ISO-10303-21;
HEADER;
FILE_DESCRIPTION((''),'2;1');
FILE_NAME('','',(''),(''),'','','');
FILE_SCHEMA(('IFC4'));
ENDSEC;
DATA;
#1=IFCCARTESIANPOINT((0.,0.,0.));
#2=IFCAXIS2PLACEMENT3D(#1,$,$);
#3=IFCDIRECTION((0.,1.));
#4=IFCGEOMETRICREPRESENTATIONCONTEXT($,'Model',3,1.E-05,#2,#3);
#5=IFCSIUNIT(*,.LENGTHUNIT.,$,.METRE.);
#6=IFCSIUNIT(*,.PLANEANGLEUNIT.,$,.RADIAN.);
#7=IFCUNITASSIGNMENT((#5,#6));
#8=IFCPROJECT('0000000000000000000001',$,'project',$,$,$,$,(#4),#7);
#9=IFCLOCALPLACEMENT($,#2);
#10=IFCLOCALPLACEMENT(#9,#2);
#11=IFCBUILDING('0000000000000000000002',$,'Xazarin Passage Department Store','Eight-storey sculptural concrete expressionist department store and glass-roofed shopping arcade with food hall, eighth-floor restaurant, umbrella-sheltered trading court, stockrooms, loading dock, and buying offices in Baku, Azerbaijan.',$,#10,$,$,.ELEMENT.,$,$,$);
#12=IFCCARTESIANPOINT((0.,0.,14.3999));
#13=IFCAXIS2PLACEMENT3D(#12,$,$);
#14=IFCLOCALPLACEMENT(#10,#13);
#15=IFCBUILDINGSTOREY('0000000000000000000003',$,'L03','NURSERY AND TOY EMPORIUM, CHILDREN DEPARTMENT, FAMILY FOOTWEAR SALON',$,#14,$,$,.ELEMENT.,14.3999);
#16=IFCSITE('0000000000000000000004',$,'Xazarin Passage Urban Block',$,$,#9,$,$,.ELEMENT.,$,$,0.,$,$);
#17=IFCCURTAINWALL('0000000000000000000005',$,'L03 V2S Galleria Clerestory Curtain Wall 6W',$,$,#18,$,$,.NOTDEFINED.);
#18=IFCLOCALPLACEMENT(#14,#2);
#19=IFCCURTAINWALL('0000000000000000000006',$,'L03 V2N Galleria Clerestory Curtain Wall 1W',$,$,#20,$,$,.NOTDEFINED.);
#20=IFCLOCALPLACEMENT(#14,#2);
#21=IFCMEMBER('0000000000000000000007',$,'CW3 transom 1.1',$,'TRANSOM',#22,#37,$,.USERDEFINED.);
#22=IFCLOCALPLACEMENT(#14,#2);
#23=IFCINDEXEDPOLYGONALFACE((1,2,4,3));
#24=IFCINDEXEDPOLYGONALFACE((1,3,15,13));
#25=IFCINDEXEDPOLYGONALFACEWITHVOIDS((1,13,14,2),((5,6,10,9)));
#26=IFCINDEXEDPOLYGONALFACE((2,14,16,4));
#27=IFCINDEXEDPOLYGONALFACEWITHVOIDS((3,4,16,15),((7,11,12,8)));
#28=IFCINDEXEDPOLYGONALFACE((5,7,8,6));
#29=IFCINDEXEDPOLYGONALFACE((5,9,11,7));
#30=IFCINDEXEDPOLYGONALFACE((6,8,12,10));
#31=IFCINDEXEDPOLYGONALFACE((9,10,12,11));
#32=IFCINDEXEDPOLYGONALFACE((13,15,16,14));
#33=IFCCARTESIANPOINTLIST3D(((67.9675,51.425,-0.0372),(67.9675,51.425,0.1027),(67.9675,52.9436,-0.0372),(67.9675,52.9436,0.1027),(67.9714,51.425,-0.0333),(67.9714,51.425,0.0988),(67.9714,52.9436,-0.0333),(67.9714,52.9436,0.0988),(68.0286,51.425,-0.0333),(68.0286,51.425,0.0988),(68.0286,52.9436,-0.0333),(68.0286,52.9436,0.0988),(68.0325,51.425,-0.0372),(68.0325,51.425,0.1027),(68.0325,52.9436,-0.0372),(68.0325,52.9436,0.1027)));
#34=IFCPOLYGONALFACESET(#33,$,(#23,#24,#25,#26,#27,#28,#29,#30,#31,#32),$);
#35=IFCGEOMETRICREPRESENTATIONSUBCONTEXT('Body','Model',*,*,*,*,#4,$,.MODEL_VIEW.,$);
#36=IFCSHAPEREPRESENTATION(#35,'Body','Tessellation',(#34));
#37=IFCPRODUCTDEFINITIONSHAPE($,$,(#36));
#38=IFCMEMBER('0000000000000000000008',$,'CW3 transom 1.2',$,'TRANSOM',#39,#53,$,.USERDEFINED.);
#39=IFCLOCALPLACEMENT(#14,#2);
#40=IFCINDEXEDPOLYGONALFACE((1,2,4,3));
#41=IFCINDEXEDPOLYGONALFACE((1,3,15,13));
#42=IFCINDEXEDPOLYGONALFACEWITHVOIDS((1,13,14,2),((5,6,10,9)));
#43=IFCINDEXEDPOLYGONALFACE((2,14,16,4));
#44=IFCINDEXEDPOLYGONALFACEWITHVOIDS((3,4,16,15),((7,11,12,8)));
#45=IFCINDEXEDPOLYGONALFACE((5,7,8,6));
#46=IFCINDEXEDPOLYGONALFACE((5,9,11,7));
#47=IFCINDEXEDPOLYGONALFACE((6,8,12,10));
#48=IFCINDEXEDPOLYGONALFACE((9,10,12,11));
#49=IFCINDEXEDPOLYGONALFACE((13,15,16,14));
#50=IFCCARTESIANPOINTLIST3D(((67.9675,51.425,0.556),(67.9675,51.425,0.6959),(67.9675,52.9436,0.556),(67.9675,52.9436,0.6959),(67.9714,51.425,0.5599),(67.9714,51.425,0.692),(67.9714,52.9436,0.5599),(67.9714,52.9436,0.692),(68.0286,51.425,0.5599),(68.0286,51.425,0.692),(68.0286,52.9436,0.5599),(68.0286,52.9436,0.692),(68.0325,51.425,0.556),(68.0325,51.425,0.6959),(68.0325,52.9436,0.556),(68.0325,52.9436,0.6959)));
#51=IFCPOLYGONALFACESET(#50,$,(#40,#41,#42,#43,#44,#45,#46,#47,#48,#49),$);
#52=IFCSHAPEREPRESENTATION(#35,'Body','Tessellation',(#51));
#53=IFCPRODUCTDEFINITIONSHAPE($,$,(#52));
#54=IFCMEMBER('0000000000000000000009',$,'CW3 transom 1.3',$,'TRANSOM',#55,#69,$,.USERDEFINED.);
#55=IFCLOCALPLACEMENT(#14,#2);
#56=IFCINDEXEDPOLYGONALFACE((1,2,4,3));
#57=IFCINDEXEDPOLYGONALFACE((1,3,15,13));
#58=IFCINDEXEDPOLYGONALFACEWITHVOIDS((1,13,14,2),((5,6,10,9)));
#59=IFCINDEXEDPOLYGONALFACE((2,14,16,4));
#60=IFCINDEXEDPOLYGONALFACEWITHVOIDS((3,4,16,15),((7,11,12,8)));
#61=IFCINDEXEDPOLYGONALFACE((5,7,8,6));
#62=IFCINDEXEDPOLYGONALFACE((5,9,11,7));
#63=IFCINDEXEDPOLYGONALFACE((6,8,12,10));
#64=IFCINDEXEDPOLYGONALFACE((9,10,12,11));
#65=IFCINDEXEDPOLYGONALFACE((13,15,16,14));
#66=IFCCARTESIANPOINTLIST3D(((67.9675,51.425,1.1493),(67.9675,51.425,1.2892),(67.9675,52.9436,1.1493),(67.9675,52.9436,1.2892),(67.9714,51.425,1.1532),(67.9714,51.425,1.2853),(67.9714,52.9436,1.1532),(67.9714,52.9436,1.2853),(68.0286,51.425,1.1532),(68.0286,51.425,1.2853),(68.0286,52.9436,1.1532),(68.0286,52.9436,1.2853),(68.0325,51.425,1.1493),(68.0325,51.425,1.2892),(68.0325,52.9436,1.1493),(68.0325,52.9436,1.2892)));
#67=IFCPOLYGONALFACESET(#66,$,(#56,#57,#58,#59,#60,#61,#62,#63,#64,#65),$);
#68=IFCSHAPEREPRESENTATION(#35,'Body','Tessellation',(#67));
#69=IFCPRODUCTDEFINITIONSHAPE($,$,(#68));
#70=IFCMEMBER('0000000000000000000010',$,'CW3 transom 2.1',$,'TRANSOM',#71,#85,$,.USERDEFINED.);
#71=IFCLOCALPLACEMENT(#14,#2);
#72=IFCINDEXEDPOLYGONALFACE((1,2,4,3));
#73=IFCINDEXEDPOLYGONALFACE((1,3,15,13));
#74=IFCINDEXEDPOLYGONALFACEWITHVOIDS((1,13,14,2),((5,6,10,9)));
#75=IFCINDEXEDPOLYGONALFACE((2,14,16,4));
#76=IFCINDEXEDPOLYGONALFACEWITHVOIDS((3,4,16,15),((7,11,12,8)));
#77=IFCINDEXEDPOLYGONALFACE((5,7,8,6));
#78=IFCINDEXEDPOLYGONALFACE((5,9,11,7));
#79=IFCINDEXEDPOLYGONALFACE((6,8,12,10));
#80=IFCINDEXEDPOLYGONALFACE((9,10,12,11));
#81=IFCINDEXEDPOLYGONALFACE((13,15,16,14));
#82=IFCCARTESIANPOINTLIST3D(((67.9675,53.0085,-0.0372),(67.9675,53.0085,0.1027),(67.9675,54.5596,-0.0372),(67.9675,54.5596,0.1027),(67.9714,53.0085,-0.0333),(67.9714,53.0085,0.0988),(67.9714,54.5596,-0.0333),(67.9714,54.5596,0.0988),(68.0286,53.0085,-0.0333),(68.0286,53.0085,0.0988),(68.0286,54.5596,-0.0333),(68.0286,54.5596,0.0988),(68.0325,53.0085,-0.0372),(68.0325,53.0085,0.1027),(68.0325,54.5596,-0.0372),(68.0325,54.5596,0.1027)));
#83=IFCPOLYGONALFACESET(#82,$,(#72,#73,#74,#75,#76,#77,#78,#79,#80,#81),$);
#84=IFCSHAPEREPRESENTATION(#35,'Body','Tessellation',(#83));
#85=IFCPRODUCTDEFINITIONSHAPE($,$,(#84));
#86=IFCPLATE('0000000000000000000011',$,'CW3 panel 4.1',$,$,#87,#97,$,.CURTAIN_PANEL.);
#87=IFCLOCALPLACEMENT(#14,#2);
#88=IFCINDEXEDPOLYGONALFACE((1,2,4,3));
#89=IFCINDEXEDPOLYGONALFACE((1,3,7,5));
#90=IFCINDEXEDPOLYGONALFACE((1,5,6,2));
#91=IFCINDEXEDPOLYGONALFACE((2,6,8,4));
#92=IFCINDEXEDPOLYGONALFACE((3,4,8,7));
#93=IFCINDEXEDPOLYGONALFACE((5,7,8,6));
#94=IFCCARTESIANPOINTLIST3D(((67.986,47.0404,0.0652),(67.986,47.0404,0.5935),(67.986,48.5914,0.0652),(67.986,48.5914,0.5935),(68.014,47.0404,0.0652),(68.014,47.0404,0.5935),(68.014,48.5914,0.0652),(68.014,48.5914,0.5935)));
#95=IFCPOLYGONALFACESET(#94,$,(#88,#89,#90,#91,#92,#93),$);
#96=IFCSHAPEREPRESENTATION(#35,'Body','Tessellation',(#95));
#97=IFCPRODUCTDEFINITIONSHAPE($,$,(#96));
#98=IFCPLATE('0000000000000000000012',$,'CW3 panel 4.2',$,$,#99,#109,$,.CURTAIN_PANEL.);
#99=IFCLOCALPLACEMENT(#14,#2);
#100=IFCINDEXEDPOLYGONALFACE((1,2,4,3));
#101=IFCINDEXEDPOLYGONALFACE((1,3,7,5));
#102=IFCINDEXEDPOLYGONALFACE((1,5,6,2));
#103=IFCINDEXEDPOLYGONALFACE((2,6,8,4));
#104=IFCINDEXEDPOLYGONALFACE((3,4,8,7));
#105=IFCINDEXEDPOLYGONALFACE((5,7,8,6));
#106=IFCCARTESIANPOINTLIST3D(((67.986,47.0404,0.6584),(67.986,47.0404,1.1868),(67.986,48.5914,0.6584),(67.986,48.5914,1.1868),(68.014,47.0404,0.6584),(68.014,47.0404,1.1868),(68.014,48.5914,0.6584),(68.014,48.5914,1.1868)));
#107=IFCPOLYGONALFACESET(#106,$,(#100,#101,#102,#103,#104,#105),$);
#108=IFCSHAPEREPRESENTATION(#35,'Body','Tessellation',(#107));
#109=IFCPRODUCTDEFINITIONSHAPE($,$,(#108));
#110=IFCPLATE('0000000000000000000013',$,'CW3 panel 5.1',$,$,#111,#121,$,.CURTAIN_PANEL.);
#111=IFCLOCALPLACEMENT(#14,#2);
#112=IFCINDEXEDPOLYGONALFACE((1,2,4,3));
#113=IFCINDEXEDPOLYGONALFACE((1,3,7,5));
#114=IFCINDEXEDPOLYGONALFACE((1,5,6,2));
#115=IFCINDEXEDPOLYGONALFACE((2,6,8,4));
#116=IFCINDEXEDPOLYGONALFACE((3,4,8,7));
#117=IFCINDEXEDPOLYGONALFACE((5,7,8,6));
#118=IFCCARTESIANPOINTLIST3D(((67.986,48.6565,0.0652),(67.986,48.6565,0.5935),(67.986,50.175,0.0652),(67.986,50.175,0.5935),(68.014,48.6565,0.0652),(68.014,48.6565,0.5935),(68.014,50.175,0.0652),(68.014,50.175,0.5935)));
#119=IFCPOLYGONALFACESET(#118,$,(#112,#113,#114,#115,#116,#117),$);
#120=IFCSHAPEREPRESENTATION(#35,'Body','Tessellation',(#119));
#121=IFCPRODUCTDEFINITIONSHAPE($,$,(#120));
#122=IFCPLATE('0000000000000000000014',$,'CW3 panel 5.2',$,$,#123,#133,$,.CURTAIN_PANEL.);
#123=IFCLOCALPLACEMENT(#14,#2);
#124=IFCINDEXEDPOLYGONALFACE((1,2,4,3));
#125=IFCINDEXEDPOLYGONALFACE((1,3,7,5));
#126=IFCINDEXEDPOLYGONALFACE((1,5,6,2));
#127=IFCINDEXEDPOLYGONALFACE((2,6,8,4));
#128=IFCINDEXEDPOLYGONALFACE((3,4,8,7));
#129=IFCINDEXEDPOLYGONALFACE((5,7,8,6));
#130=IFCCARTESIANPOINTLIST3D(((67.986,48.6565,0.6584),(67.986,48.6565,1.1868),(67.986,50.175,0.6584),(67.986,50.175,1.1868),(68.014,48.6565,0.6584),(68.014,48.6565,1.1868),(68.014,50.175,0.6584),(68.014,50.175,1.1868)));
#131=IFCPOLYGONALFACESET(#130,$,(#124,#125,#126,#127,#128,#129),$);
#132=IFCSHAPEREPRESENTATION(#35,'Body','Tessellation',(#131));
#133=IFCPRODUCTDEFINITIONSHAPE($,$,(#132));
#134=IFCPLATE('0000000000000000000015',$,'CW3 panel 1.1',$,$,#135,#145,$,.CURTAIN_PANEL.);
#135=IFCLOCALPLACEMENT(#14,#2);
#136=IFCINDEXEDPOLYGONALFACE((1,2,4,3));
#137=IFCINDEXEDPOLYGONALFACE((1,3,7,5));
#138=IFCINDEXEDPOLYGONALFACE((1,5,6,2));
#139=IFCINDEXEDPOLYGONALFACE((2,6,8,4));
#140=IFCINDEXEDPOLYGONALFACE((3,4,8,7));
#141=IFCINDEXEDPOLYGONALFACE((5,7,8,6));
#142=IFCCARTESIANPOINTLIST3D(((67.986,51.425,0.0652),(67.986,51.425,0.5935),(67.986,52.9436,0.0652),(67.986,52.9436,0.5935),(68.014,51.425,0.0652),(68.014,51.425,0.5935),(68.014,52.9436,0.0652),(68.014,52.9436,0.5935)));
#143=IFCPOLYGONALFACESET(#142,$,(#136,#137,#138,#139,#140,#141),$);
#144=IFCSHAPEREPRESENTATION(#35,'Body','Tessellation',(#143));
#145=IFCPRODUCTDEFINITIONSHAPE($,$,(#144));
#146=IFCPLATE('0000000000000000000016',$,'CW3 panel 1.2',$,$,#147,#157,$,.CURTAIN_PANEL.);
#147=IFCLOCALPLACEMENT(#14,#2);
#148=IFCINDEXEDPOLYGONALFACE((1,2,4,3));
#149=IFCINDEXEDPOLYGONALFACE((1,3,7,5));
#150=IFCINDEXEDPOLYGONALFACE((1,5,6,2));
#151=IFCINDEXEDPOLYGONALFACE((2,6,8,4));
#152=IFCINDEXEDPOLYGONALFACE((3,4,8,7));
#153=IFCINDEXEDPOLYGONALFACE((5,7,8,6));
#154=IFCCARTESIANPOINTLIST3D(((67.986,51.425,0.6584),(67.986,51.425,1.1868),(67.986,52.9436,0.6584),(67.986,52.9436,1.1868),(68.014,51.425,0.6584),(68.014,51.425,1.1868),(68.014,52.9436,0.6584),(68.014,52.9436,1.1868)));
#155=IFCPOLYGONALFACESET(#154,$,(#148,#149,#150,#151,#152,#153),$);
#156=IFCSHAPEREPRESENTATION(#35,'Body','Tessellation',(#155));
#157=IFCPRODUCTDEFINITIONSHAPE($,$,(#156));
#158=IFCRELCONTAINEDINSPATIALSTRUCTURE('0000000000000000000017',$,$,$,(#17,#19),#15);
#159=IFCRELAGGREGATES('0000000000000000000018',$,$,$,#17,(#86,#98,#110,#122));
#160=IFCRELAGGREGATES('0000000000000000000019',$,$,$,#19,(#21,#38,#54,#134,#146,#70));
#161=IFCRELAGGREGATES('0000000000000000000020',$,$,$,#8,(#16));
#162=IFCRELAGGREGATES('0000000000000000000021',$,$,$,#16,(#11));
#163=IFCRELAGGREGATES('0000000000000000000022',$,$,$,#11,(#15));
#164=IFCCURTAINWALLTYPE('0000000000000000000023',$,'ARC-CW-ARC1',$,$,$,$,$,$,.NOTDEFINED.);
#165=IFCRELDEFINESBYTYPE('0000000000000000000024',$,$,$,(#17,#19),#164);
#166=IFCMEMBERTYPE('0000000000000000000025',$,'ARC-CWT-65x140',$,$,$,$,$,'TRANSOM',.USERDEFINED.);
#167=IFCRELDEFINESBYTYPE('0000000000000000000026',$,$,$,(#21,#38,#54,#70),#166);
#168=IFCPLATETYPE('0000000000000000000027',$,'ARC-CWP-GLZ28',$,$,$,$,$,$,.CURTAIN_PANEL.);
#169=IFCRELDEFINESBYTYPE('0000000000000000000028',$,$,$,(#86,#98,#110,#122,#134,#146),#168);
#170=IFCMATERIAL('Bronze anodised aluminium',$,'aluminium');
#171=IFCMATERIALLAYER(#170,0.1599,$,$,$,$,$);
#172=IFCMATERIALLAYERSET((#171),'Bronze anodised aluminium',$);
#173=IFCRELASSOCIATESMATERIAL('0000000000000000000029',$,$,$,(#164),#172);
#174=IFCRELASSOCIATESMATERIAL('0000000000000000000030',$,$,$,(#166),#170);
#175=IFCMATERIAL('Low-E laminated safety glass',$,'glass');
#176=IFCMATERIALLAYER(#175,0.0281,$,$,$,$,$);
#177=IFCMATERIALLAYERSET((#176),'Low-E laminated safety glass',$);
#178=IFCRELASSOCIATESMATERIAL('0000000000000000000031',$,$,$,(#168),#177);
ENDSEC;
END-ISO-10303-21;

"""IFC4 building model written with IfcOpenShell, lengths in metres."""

from ifc_helpers import new_model, si_unit, direction, frame, origin, origin_2d, place, context, subcontext, project, spatial, rectangle, hollow_rectangle, extrude, material, layer, layer_set, material_profile, profile_set, type_object, element, aggregate, save


model = new_model("IFC4")

# Units and contexts
model_context = context("Model", 3, precision=1e-05, world=origin(), true_north=direction((0.0, 1.0)))
body_context = subcontext(model_context, "Body", "Model", "MODEL_VIEW")
ifc_project = project(units=[si_unit("LENGTHUNIT", "METRE"), si_unit("PLANEANGLEUNIT", "RADIAN")], contexts=[model_context])

# Site, building, storey
site_placement = place(None, origin())
site = spatial("IfcSite", under=ifc_project, at=site_placement, Name="Xazarin Passage Urban Block", CompositionType="ELEMENT", RefElevation=0.0)
building_placement = place(site_placement, origin())
building = spatial("IfcBuilding", under=site, at=building_placement, Name="Xazarin Passage Department Store", Description="Eight-storey sculptural concrete expressionist department store and glass-roofed shopping arcade with food hall, eighth-floor restaurant, umbrella-sheltered trading court, stockrooms, loading dock, and buying offices in Baku, Azerbaijan.", CompositionType="ELEMENT")
storey_placement = place(building_placement, frame((0.0, 0.0, 14.3999)))
storey = spatial("IfcBuildingStorey", under=building, at=storey_placement, Name="L03", Description="NURSERY AND TOY EMPORIUM, CHILDREN DEPARTMENT, FAMILY FOOTWEAR SALON", CompositionType="ELEMENT", Elevation=14.3999)

# Curtain walls
ifc_material_1 = material(Name="Bronze anodised aluminium", Category="aluminium")
ifc_layer_1 = layer(ifc_material_1, 0.1599)
ifc_layer_set_1 = layer_set([ifc_layer_1], Name="Bronze anodised aluminium")
curtain_wall_type = type_object("IfcCurtainWallType", Name="ARC-CW-ARC1", PredefinedType="NOTDEFINED", material=ifc_layer_set_1)
curtain_wall_1_placement = place(storey_placement, origin())
curtain_wall_1 = element("IfcCurtainWall", 1, at=curtain_wall_1_placement, inside=storey, type_object=curtain_wall_type, Name="L03 V2S Galleria Clerestory Curtain Wall 6W", PredefinedType="NOTDEFINED")
curtain_wall_2_placement = place(storey_placement, origin())
curtain_wall_2 = element("IfcCurtainWall", 2, at=curtain_wall_2_placement, inside=storey, type_object=curtain_wall_type, Name="L03 V2N Galleria Clerestory Curtain Wall 1W", PredefinedType="NOTDEFINED")

# Members
ifc_material_profile_1 = material_profile(ifc_material_1, hollow_rectangle(XDim=0.0649, YDim=0.1399, WallThickness=0.0039, at=origin_2d()), Name="ALU 65x140")
ifc_profile_set_1 = profile_set([ifc_material_profile_1], Name="Bronze anodised aluminium")
member_type_1 = type_object("IfcMemberType", Name="ARC-CWT-65x140", ElementType="TRANSOM", PredefinedType="USERDEFINED", material=ifc_profile_set_1)
member_1_placement = place(storey_placement, frame((68.0, 51.425, 0.0327), z_axis=(0.0, 1.0, 0.0), x_axis=(-1.0, 0.0, 0.0)))
member_1 = element("IfcMember", 3, at=member_1_placement, type_object=member_type_1, Name="CW3 transom 1.1", ObjectType="TRANSOM", PredefinedType="USERDEFINED", context=body_context, shape_type="SweptSolid", body=[
    extrude(hollow_rectangle(XDim=0.0649, YDim=0.1399, WallThickness=0.0039, at=origin_2d()), origin(), (0.0, 0.0, 1.0), 1.5186),
])
member_2_placement = place(storey_placement, frame((68.0, 51.425, 0.626), z_axis=(0.0, 1.0, 0.0), x_axis=(-1.0, 0.0, 0.0)))
member_2 = element("IfcMember", 4, at=member_2_placement, type_object=member_type_1, Name="CW3 transom 1.2", ObjectType="TRANSOM", PredefinedType="USERDEFINED", context=body_context, shape_type="SweptSolid", body=[
    extrude(hollow_rectangle(XDim=0.0649, YDim=0.1399, WallThickness=0.0039, at=origin_2d()), origin(), (0.0, 0.0, 1.0), 1.5186),
])
member_3_placement = place(storey_placement, frame((68.0, 51.425, 1.2192), z_axis=(0.0, 1.0, 0.0), x_axis=(-1.0, 0.0, 0.0)))
member_3 = element("IfcMember", 5, at=member_3_placement, type_object=member_type_1, Name="CW3 transom 1.3", ObjectType="TRANSOM", PredefinedType="USERDEFINED", context=body_context, shape_type="SweptSolid", body=[
    extrude(hollow_rectangle(XDim=0.0649, YDim=0.1399, WallThickness=0.0039, at=origin_2d()), origin(), (0.0, 0.0, 1.0), 1.5186),
])
member_4_placement = place(storey_placement, frame((68.0, 53.0085, 0.0327), z_axis=(0.0, 1.0, 0.0), x_axis=(-1.0, 0.0, 0.0)))
member_4 = element("IfcMember", 6, at=member_4_placement, type_object=member_type_1, Name="CW3 transom 2.1", ObjectType="TRANSOM", PredefinedType="USERDEFINED", context=body_context, shape_type="SweptSolid", body=[
    extrude(hollow_rectangle(XDim=0.0649, YDim=0.1399, WallThickness=0.0039, at=origin_2d()), origin(), (0.0, 0.0, 1.0), 1.551),
])

# Plates
ifc_material_2 = material(Name="Low-E laminated safety glass", Category="glass")
ifc_layer_2 = layer(ifc_material_2, 0.0281)
ifc_layer_set_2 = layer_set([ifc_layer_2], Name="Low-E laminated safety glass")
plate_type = type_object("IfcPlateType", Name="ARC-CWP-GLZ28", PredefinedType="CURTAIN_PANEL", material=ifc_layer_set_2)
plate_1_placement = place(storey_placement, frame((68.0, 47.8159, 0.0652), z_axis=(0.0, 0.0, 1.0), x_axis=(0.0, 1.0, 0.0)))
plate_1 = element("IfcPlate", 7, at=plate_1_placement, type_object=plate_type, Name="CW3 panel 4.1", PredefinedType="CURTAIN_PANEL", context=body_context, shape_type="SweptSolid", body=[
    extrude(rectangle(XDim=1.551, YDim=0.0281, at=origin_2d()), origin(), (0.0, 0.0, 1.0), 0.5283),
])
plate_2_placement = place(storey_placement, frame((68.0, 47.8159, 0.6584), z_axis=(0.0, 0.0, 1.0), x_axis=(0.0, 1.0, 0.0)))
plate_2 = element("IfcPlate", 8, at=plate_2_placement, type_object=plate_type, Name="CW3 panel 4.2", PredefinedType="CURTAIN_PANEL", context=body_context, shape_type="SweptSolid", body=[
    extrude(rectangle(XDim=1.551, YDim=0.0281, at=origin_2d()), origin(), (0.0, 0.0, 1.0), 0.5283),
])
plate_3_placement = place(storey_placement, frame((68.0, 49.4158, 0.0652), z_axis=(0.0, 0.0, 1.0), x_axis=(0.0, 1.0, 0.0)))
plate_3 = element("IfcPlate", 9, at=plate_3_placement, type_object=plate_type, Name="CW3 panel 5.1", PredefinedType="CURTAIN_PANEL", context=body_context, shape_type="SweptSolid", body=[
    extrude(rectangle(XDim=1.5186, YDim=0.0281, at=origin_2d()), origin(), (0.0, 0.0, 1.0), 0.5283),
])
plate_4_placement = place(storey_placement, frame((68.0, 49.4158, 0.6584), z_axis=(0.0, 0.0, 1.0), x_axis=(0.0, 1.0, 0.0)))
plate_4 = element("IfcPlate", 10, at=plate_4_placement, type_object=plate_type, Name="CW3 panel 5.2", PredefinedType="CURTAIN_PANEL", context=body_context, shape_type="SweptSolid", body=[
    extrude(rectangle(XDim=1.5186, YDim=0.0281, at=origin_2d()), origin(), (0.0, 0.0, 1.0), 0.5283),
])
aggregate(curtain_wall_1, [plate_1, plate_2, plate_3, plate_4])
plate_5_placement = place(storey_placement, frame((68.0, 52.1843, 0.0652), z_axis=(0.0, 0.0, 1.0), x_axis=(0.0, 1.0, 0.0)))
plate_5 = element("IfcPlate", 11, at=plate_5_placement, type_object=plate_type, Name="CW3 panel 1.1", PredefinedType="CURTAIN_PANEL", context=body_context, shape_type="SweptSolid", body=[
    extrude(rectangle(XDim=1.5186, YDim=0.0281, at=origin_2d()), origin(), (0.0, 0.0, 1.0), 0.5283),
])
plate_6_placement = place(storey_placement, frame((68.0, 52.1843, 0.6584), z_axis=(0.0, 0.0, 1.0), x_axis=(0.0, 1.0, 0.0)))
plate_6 = element("IfcPlate", 12, at=plate_6_placement, type_object=plate_type, Name="CW3 panel 1.2", PredefinedType="CURTAIN_PANEL", context=body_context, shape_type="SweptSolid", body=[
    extrude(rectangle(XDim=1.5186, YDim=0.0281, at=origin_2d()), origin(), (0.0, 0.0, 1.0), 0.5283),
])
aggregate(curtain_wall_2, [member_1, member_2, member_3, plate_5, plate_6, member_4])

save(model, "model.ifc")
